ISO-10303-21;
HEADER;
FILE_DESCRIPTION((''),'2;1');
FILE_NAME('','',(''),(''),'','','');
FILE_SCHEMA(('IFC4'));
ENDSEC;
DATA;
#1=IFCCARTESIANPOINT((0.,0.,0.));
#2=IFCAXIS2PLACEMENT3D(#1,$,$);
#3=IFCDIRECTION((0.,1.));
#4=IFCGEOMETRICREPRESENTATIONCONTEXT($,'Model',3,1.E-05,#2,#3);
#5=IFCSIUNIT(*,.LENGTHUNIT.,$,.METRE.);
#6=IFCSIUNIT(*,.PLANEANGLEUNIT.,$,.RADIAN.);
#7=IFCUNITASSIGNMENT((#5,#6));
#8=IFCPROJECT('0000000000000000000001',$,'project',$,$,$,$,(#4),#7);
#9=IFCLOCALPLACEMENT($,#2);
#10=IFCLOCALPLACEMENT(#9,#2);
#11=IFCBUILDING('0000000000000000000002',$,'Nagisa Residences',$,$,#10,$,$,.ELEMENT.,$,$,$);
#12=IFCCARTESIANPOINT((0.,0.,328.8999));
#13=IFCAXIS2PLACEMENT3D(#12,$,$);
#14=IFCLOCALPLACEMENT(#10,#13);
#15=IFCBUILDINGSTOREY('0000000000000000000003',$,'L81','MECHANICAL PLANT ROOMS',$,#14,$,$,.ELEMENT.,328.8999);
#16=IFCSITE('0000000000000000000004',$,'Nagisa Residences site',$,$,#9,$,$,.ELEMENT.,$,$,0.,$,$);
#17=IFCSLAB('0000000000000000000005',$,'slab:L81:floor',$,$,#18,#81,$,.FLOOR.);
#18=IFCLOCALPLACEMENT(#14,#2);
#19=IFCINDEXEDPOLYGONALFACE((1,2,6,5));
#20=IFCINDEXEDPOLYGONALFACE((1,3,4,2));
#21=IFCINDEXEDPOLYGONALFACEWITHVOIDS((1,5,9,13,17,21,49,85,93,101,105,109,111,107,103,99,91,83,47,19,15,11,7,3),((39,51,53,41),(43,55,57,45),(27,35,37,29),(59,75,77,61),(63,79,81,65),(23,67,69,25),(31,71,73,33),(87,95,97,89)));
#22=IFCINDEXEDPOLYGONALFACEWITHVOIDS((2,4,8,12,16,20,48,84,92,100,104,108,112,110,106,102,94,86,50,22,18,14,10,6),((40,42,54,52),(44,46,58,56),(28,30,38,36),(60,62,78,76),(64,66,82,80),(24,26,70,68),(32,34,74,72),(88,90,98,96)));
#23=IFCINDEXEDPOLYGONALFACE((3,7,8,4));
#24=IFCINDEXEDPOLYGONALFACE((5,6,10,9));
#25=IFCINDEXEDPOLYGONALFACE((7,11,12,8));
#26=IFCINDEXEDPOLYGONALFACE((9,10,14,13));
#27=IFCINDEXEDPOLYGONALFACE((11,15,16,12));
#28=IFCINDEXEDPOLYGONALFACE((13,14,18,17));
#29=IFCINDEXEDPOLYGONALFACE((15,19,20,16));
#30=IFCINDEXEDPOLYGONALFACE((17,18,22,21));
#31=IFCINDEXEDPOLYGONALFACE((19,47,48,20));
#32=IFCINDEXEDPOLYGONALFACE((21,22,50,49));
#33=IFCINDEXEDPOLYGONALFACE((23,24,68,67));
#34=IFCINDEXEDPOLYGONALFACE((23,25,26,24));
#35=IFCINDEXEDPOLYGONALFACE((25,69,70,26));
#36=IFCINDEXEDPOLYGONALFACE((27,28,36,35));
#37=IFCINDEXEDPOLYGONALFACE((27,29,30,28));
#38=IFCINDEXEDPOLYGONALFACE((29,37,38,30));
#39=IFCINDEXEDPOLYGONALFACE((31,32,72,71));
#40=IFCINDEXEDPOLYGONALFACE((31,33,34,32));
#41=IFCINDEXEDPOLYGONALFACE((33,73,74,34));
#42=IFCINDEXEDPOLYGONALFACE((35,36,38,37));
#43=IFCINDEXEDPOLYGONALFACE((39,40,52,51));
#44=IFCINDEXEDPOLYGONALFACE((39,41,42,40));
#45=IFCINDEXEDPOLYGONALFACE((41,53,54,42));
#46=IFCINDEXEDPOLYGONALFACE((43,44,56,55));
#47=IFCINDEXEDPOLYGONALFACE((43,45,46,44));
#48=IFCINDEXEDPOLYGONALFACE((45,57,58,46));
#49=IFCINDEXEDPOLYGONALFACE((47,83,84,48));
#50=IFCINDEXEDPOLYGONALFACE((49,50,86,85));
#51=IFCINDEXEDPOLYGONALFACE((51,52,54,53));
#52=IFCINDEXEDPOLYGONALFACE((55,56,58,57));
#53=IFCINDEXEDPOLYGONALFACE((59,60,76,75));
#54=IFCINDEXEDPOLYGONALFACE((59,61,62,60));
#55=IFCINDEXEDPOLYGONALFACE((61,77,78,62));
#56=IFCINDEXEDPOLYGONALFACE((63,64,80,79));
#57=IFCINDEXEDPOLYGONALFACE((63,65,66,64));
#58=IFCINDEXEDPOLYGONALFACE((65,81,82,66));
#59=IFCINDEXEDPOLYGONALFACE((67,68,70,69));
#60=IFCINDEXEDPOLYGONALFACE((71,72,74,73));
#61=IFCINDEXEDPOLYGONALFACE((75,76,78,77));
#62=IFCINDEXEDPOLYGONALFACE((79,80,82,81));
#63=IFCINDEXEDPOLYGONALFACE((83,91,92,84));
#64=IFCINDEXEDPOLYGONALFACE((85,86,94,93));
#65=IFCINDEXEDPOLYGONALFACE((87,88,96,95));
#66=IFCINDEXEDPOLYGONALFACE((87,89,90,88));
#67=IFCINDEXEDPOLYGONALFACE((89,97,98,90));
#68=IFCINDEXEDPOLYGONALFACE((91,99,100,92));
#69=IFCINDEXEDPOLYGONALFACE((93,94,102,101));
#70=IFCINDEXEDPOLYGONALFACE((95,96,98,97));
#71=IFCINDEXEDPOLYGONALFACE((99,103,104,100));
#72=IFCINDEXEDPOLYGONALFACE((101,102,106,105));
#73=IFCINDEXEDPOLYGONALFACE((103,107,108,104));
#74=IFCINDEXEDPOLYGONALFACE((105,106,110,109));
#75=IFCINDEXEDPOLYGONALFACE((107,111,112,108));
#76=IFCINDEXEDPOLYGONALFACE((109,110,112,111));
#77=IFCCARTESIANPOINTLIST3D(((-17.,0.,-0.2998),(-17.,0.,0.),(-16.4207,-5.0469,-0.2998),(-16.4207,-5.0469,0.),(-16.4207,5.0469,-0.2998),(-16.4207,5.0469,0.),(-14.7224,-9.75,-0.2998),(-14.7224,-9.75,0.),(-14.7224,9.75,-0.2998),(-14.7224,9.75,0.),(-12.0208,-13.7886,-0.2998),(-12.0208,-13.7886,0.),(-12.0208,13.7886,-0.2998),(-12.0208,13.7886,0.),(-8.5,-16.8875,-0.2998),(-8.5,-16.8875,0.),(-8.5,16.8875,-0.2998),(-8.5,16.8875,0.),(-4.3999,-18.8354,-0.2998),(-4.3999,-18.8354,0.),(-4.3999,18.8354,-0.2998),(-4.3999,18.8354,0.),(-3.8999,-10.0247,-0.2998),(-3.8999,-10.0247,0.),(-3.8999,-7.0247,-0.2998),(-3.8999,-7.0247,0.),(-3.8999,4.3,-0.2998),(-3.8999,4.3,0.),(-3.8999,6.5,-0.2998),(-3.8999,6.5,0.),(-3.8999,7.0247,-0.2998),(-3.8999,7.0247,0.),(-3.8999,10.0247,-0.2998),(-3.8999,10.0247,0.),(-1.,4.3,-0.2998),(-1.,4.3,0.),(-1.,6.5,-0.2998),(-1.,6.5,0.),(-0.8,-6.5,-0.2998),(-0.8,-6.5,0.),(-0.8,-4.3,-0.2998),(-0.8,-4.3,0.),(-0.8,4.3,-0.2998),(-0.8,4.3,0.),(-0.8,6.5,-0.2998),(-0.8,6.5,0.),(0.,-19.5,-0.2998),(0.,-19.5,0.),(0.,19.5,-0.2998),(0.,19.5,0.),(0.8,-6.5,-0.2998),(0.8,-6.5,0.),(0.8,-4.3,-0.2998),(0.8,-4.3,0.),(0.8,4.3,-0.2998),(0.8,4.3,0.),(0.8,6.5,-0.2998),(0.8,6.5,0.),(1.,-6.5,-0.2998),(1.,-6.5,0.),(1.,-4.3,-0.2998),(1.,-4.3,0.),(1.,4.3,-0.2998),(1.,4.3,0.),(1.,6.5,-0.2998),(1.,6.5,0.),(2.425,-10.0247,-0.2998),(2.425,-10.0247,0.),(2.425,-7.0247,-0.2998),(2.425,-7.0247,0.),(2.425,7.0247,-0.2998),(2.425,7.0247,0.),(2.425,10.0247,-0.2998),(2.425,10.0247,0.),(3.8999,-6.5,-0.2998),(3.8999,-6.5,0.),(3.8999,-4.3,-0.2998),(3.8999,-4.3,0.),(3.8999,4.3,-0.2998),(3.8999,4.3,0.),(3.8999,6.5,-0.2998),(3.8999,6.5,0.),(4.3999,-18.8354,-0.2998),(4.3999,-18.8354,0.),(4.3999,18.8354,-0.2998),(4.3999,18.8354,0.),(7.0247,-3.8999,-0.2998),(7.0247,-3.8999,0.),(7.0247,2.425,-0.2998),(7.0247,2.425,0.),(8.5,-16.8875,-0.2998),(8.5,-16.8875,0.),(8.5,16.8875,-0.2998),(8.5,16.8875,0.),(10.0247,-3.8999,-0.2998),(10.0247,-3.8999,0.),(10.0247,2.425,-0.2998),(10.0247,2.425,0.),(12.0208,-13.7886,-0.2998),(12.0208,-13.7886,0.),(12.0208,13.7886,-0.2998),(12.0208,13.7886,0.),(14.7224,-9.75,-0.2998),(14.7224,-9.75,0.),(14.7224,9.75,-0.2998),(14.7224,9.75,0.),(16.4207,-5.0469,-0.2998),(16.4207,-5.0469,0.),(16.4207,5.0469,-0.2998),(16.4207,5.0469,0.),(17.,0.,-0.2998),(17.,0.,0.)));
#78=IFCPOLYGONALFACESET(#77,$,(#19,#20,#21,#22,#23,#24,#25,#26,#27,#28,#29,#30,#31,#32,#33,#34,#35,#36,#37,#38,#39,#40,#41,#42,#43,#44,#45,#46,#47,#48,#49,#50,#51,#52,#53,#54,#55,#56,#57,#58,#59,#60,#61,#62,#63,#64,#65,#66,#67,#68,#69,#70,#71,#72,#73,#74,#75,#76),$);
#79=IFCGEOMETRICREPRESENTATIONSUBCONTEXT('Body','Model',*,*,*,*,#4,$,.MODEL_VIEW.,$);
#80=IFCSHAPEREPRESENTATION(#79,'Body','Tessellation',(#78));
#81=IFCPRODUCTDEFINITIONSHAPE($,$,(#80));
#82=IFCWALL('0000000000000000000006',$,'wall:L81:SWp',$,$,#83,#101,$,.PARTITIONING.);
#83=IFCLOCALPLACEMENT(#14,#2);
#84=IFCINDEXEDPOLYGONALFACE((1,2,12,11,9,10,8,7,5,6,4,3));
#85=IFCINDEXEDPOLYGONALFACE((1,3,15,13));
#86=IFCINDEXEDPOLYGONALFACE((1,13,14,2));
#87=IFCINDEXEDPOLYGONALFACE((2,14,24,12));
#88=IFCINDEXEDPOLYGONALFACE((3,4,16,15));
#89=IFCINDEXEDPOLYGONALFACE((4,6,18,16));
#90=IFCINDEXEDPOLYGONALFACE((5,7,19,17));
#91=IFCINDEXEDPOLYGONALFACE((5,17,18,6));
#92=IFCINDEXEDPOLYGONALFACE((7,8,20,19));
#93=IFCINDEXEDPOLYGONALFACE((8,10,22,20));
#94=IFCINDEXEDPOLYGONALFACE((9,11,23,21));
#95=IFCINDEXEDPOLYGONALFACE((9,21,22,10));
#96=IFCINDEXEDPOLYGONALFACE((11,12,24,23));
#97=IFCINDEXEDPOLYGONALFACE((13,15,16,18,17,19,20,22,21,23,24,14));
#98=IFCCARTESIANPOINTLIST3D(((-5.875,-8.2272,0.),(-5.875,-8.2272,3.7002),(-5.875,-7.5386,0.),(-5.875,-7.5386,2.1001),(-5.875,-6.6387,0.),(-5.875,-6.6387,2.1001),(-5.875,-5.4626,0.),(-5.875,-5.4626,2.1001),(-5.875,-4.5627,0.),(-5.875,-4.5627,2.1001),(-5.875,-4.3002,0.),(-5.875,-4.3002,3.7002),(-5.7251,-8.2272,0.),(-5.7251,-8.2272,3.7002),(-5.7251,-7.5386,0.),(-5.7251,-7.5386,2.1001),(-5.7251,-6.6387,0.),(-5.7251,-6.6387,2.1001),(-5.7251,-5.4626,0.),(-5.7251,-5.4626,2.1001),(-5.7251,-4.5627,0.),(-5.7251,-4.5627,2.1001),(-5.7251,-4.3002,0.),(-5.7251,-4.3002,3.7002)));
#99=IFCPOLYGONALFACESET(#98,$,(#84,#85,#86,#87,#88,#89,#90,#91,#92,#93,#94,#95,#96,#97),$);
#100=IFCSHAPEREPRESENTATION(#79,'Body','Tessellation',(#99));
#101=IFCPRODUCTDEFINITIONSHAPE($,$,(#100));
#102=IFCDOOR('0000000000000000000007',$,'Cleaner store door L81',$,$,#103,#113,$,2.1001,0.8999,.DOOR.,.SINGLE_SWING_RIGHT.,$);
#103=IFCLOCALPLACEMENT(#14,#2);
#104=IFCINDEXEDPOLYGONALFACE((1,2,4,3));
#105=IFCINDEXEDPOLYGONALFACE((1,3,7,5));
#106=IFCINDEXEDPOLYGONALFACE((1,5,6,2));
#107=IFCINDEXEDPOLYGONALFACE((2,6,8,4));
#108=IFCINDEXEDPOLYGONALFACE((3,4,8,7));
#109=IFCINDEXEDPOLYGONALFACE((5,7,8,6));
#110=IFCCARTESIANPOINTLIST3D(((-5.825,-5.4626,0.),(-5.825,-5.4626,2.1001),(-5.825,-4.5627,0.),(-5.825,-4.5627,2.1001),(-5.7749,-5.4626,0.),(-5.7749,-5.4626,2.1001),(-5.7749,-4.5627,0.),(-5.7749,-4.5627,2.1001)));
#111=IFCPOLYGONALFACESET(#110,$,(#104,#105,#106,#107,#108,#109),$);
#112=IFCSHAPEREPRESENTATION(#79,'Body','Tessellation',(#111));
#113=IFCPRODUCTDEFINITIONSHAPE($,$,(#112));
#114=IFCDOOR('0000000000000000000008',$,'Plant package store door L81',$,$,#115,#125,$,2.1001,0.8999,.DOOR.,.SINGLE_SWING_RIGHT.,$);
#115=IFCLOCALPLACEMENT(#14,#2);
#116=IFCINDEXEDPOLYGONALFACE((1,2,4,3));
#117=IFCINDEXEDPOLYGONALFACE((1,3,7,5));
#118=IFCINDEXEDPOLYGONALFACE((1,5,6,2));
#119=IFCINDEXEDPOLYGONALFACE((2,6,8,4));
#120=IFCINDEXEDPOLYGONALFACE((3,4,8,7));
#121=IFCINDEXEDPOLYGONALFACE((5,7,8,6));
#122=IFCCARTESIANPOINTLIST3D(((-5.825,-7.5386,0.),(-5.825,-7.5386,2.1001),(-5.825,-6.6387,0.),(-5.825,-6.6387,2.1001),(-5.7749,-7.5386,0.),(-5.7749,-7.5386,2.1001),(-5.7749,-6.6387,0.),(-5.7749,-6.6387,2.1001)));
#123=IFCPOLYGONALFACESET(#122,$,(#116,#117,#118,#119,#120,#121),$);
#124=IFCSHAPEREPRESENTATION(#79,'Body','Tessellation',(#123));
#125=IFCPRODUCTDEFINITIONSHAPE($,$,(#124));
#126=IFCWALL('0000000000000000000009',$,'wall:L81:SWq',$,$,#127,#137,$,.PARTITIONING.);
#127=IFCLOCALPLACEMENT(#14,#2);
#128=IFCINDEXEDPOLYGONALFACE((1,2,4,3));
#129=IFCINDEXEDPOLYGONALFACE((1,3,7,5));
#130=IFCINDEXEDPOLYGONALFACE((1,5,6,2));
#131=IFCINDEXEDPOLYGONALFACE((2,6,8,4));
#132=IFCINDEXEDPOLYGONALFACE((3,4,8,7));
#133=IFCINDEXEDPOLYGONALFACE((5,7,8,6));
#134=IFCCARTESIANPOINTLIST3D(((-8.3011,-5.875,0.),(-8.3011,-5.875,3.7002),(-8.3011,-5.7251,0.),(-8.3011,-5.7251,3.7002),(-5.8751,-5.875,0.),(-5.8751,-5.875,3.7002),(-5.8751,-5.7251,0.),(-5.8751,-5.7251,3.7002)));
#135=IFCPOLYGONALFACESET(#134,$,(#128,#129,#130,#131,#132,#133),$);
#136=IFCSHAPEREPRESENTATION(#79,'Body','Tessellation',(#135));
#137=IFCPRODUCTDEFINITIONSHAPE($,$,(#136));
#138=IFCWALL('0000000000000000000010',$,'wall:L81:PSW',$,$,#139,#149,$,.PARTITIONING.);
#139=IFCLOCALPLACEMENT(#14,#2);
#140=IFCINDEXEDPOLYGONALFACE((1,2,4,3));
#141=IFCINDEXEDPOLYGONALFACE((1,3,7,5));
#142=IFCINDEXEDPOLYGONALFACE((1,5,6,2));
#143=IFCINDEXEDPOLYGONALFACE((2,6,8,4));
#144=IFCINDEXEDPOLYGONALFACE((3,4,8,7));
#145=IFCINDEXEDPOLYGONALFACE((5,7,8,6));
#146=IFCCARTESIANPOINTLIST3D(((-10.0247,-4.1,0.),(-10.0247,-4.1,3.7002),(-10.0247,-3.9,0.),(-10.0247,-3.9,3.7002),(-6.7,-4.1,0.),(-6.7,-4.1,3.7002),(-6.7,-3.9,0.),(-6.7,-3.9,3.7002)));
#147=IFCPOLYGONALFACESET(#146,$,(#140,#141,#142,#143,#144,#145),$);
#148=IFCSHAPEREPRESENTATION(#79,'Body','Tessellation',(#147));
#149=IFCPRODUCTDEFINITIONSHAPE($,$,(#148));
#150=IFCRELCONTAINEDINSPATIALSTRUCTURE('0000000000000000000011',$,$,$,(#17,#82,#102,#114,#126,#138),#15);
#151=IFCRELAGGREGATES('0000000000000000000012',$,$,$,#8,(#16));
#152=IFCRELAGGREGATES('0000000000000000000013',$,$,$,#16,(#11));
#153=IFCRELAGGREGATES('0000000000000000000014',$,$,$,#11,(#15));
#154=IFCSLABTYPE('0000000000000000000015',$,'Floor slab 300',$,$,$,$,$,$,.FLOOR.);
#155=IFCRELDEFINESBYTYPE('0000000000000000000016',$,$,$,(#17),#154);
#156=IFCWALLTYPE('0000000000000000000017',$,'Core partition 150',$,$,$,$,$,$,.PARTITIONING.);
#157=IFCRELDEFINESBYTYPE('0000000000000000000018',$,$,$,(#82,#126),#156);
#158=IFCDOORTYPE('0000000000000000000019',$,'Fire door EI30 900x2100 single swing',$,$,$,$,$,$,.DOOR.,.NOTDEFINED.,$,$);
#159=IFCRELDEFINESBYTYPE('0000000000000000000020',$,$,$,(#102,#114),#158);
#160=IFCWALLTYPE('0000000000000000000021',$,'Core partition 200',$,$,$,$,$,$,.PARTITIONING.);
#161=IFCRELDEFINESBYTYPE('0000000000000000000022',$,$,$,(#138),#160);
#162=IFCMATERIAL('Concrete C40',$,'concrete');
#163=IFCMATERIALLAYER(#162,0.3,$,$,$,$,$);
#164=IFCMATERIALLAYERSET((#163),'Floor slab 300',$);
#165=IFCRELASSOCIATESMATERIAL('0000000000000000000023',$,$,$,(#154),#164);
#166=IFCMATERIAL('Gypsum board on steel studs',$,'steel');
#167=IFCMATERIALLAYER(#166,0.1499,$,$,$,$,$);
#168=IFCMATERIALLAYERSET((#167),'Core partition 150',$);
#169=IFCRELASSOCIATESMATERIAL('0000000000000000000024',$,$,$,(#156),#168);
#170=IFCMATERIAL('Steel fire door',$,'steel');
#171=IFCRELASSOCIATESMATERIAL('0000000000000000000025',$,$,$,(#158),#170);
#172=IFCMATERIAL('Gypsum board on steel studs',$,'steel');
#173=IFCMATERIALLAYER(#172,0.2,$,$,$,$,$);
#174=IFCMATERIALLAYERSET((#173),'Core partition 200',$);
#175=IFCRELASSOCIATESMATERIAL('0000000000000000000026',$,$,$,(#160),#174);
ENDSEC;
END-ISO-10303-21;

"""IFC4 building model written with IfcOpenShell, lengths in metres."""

from ifc_helpers import new_model, si_unit, direction, frame, frame_2d, origin, place, context, subcontext, project, spatial, polyline, rectangle, outline, extrude, material, layer, layer_set, type_object, element, fill, save


model = new_model("IFC4")

# Units and contexts
model_context = context("Model", 3, precision=1e-05, world=origin(), true_north=direction((0.0, 1.0)))
body_context = subcontext(model_context, "Body", "Model", "MODEL_VIEW")
ifc_project = project(units=[si_unit("LENGTHUNIT", "METRE"), si_unit("PLANEANGLEUNIT", "RADIAN")], contexts=[model_context])

# Site, building, storey
site_placement = place(None, origin())
site = spatial("IfcSite", under=ifc_project, at=site_placement, Name="Nagisa Residences site", CompositionType="ELEMENT", RefElevation=0.0)
building_placement = place(site_placement, origin())
building = spatial("IfcBuilding", under=site, at=building_placement, Name="Nagisa Residences", CompositionType="ELEMENT")
storey_placement = place(building_placement, frame((0.0, 0.0, 328.8999)))
storey = spatial("IfcBuildingStorey", under=building, at=storey_placement, Name="L81", Description="MECHANICAL PLANT ROOMS", CompositionType="ELEMENT", Elevation=328.8999)

# Slab
ifc_material_1 = material(Name="Concrete C40", Category="concrete")
ifc_layer_1 = layer(ifc_material_1, 0.3)
ifc_layer_set_1 = layer_set([ifc_layer_1], Name="Floor slab 300")
slab_type = type_object("IfcSlabType", Name="Floor slab 300", PredefinedType="FLOOR", material=ifc_layer_set_1)
slab_placement = place(storey_placement, frame((0.0, 0.0, -0.2998)))
element("IfcSlab", 1, at=slab_placement, inside=storey, type_object=slab_type, Name="slab:L81:floor", PredefinedType="FLOOR", context=body_context, shape_type="SweptSolid", body=[
    extrude(outline(polyline([(17.0, 0.0), (16.4207, 5.0469), (14.7224, 9.75), (12.0208, 13.7886), (8.5, 16.8875), (4.3999, 18.8354), (0.0, 19.5), (-4.3999, 18.8354), (-8.5, 16.8875), (-12.0208, 13.7886), (-14.7224, 9.75), (-16.4207, 5.0469), (-17.0, 0.0), (-16.4207, -5.0469), (-14.7224, -9.75), (-12.0208, -13.7886), (-8.5, -16.8875), (-4.3999, -18.8354), (0.0, -19.5), (4.3999, -18.8354), (8.5, -16.8875), (12.0208, -13.7886), (14.7224, -9.75), (16.4207, -5.0469), (17.0, 0.0)]), holes=[polyline([(3.8999, 4.3), (3.8999, 6.5), (1.0, 6.5), (1.0, 4.3), (3.8999, 4.3)]), polyline([(3.8999, -6.5), (3.8999, -4.3), (1.0, -4.3), (1.0, -6.5), (3.8999, -6.5)]), polyline([(-1.0, 4.3), (-1.0, 6.5), (-3.8999, 6.5), (-3.8999, 4.3), (-1.0, 4.3)]), polyline([(0.8, 4.3), (0.8, 6.5), (-0.8, 6.5), (-0.8, 4.3), (0.8, 4.3)]), polyline([(0.8, -6.5), (0.8, -4.3), (-0.8, -4.3), (-0.8, -6.5), (0.8, -6.5)]), polyline([(10.0247, -3.8999), (7.0247, -3.8999), (7.0247, 2.425), (10.0247, 2.425), (10.0247, -3.8999)]), polyline([(-3.8999, 7.0247), (-3.8999, 10.0247), (2.425, 10.0247), (2.425, 7.0247), (-3.8999, 7.0247)]), polyline([(-3.8999, -10.0247), (-3.8999, -7.0247), (2.425, -7.0247), (2.425, -10.0247), (-3.8999, -10.0247)])]), origin(), (0.0, 0.0, 1.0), 0.2998),
])

# Wall, openings, doors
ifc_material_2 = material(Name="Gypsum board on steel studs", Category="steel")
ifc_layer_2 = layer(ifc_material_2, 0.1499)
ifc_layer_set_2 = layer_set([ifc_layer_2], Name="Core partition 150")
wall_type_1 = type_object("IfcWallType", Name="Core partition 150", PredefinedType="PARTITIONING", material=ifc_layer_set_2)
wall_1_placement = place(storey_placement, frame((-5.8, -8.2271, 0.0), z_axis=(0.0, 0.0, 1.0), x_axis=(0.0, 1.0, 0.0)))
wall_1 = element("IfcWall", 2, at=wall_1_placement, inside=storey, type_object=wall_type_1, Name="wall:L81:SWp", PredefinedType="PARTITIONING", context=body_context, shape_type="SweptSolid", body=[
    extrude(rectangle(XDim=3.927, YDim=0.1499, at=frame_2d((1.9634, 0.0))), origin(), (0.0, 0.0, 1.0), 3.7002),
])
opening_1_placement = place(wall_1_placement, frame((2.7644, 0.0, 0.0)))
opening_1 = element("IfcOpeningElement", 3, at=opening_1_placement, cuts=wall_1, PredefinedType="OPENING", context=body_context, shape_type="SweptSolid", body=[
    extrude(rectangle(XDim=0.8999, YDim=2.1001, at=frame_2d((0.45, 1.05))), frame((0.0, 0.085, 0.0), z_axis=(0.0, -1.0, 0.0), x_axis=(1.0, 0.0, 0.0)), (0.0, 0.0, 1.0), 0.1699),
])
opening_2_placement = place(wall_1_placement, frame((0.6885, 0.0, 0.0)))
opening_2 = element("IfcOpeningElement", 4, at=opening_2_placement, cuts=wall_1, PredefinedType="OPENING", context=body_context, shape_type="SweptSolid", body=[
    extrude(rectangle(XDim=0.8999, YDim=2.1001, at=frame_2d((0.45, 1.05))), frame((0.0, 0.085, 0.0), z_axis=(0.0, -1.0, 0.0), x_axis=(1.0, 0.0, 0.0)), (0.0, 0.0, 1.0), 0.1699),
])
ifc_material_3 = material(Name="Steel fire door", Category="steel")
door_type_1 = type_object("IfcDoorType", Name="Fire door EI30 900x2100 single swing", OperationType="NOTDEFINED", PredefinedType="DOOR", material=ifc_material_3)
door_1_placement = place(opening_1_placement, origin())
door_1 = element("IfcDoor", 5, at=door_1_placement, inside=storey, type_object=door_type_1, Name="Cleaner store door L81", OperationType="SINGLE_SWING_RIGHT", OverallHeight=2.1001, OverallWidth=0.8999, PredefinedType="DOOR", context=body_context, shape_type="SweptSolid", body=[
    extrude(rectangle(XDim=0.8999, YDim=2.1001, at=frame_2d((0.45, 1.05))), frame((0.0, 0.0249, 0.0), z_axis=(0.0, -1.0, 0.0), x_axis=(1.0, 0.0, 0.0)), (0.0, 0.0, 1.0), 0.05),
])
fill(opening_1, door_1)
door_2_placement = place(opening_2_placement, origin())
door_2 = element("IfcDoor", 6, at=door_2_placement, inside=storey, type_object=door_type_1, Name="Plant package store door L81", OperationType="SINGLE_SWING_RIGHT", OverallHeight=2.1001, OverallWidth=0.8999, PredefinedType="DOOR", context=body_context, shape_type="SweptSolid", body=[
    extrude(rectangle(XDim=0.8999, YDim=2.1001, at=frame_2d((0.45, 1.05))), frame((0.0, 0.0249, 0.0), z_axis=(0.0, -1.0, 0.0), x_axis=(1.0, 0.0, 0.0)), (0.0, 0.0, 1.0), 0.05),
])
fill(opening_2, door_2)

# Walls
wall_2_placement = place(storey_placement, frame((-8.301, -5.8, 0.0), z_axis=(0.0, 0.0, 1.0), x_axis=(1.0, 0.0, 0.0)))
element("IfcWall", 7, at=wall_2_placement, inside=storey, type_object=wall_type_1, Name="wall:L81:SWq", PredefinedType="PARTITIONING", context=body_context, shape_type="SweptSolid", body=[
    extrude(rectangle(XDim=2.426, YDim=0.1499, at=frame_2d((1.2129, 0.0))), origin(), (0.0, 0.0, 1.0), 3.7002),
])
ifc_material_4 = material(Name="Gypsum board on steel studs", Category="steel")
ifc_layer_3 = layer(ifc_material_4, 0.2)
ifc_layer_set_3 = layer_set([ifc_layer_3], Name="Core partition 200")
wall_type_2 = type_object("IfcWallType", Name="Core partition 200", PredefinedType="PARTITIONING", material=ifc_layer_set_3)
wall_3_placement = place(storey_placement, frame((-10.0247, -4.0, 0.0), z_axis=(0.0, 0.0, 1.0), x_axis=(1.0, 0.0, 0.0)))
element("IfcWall", 8, at=wall_3_placement, inside=storey, type_object=wall_type_2, Name="wall:L81:PSW", PredefinedType="PARTITIONING", context=body_context, shape_type="SweptSolid", body=[
    extrude(rectangle(XDim=3.3247, YDim=0.2, at=frame_2d((1.6624, 0.0))), origin(), (0.0, 0.0, 1.0), 3.7002),
])

save(model, "model.ifc")
